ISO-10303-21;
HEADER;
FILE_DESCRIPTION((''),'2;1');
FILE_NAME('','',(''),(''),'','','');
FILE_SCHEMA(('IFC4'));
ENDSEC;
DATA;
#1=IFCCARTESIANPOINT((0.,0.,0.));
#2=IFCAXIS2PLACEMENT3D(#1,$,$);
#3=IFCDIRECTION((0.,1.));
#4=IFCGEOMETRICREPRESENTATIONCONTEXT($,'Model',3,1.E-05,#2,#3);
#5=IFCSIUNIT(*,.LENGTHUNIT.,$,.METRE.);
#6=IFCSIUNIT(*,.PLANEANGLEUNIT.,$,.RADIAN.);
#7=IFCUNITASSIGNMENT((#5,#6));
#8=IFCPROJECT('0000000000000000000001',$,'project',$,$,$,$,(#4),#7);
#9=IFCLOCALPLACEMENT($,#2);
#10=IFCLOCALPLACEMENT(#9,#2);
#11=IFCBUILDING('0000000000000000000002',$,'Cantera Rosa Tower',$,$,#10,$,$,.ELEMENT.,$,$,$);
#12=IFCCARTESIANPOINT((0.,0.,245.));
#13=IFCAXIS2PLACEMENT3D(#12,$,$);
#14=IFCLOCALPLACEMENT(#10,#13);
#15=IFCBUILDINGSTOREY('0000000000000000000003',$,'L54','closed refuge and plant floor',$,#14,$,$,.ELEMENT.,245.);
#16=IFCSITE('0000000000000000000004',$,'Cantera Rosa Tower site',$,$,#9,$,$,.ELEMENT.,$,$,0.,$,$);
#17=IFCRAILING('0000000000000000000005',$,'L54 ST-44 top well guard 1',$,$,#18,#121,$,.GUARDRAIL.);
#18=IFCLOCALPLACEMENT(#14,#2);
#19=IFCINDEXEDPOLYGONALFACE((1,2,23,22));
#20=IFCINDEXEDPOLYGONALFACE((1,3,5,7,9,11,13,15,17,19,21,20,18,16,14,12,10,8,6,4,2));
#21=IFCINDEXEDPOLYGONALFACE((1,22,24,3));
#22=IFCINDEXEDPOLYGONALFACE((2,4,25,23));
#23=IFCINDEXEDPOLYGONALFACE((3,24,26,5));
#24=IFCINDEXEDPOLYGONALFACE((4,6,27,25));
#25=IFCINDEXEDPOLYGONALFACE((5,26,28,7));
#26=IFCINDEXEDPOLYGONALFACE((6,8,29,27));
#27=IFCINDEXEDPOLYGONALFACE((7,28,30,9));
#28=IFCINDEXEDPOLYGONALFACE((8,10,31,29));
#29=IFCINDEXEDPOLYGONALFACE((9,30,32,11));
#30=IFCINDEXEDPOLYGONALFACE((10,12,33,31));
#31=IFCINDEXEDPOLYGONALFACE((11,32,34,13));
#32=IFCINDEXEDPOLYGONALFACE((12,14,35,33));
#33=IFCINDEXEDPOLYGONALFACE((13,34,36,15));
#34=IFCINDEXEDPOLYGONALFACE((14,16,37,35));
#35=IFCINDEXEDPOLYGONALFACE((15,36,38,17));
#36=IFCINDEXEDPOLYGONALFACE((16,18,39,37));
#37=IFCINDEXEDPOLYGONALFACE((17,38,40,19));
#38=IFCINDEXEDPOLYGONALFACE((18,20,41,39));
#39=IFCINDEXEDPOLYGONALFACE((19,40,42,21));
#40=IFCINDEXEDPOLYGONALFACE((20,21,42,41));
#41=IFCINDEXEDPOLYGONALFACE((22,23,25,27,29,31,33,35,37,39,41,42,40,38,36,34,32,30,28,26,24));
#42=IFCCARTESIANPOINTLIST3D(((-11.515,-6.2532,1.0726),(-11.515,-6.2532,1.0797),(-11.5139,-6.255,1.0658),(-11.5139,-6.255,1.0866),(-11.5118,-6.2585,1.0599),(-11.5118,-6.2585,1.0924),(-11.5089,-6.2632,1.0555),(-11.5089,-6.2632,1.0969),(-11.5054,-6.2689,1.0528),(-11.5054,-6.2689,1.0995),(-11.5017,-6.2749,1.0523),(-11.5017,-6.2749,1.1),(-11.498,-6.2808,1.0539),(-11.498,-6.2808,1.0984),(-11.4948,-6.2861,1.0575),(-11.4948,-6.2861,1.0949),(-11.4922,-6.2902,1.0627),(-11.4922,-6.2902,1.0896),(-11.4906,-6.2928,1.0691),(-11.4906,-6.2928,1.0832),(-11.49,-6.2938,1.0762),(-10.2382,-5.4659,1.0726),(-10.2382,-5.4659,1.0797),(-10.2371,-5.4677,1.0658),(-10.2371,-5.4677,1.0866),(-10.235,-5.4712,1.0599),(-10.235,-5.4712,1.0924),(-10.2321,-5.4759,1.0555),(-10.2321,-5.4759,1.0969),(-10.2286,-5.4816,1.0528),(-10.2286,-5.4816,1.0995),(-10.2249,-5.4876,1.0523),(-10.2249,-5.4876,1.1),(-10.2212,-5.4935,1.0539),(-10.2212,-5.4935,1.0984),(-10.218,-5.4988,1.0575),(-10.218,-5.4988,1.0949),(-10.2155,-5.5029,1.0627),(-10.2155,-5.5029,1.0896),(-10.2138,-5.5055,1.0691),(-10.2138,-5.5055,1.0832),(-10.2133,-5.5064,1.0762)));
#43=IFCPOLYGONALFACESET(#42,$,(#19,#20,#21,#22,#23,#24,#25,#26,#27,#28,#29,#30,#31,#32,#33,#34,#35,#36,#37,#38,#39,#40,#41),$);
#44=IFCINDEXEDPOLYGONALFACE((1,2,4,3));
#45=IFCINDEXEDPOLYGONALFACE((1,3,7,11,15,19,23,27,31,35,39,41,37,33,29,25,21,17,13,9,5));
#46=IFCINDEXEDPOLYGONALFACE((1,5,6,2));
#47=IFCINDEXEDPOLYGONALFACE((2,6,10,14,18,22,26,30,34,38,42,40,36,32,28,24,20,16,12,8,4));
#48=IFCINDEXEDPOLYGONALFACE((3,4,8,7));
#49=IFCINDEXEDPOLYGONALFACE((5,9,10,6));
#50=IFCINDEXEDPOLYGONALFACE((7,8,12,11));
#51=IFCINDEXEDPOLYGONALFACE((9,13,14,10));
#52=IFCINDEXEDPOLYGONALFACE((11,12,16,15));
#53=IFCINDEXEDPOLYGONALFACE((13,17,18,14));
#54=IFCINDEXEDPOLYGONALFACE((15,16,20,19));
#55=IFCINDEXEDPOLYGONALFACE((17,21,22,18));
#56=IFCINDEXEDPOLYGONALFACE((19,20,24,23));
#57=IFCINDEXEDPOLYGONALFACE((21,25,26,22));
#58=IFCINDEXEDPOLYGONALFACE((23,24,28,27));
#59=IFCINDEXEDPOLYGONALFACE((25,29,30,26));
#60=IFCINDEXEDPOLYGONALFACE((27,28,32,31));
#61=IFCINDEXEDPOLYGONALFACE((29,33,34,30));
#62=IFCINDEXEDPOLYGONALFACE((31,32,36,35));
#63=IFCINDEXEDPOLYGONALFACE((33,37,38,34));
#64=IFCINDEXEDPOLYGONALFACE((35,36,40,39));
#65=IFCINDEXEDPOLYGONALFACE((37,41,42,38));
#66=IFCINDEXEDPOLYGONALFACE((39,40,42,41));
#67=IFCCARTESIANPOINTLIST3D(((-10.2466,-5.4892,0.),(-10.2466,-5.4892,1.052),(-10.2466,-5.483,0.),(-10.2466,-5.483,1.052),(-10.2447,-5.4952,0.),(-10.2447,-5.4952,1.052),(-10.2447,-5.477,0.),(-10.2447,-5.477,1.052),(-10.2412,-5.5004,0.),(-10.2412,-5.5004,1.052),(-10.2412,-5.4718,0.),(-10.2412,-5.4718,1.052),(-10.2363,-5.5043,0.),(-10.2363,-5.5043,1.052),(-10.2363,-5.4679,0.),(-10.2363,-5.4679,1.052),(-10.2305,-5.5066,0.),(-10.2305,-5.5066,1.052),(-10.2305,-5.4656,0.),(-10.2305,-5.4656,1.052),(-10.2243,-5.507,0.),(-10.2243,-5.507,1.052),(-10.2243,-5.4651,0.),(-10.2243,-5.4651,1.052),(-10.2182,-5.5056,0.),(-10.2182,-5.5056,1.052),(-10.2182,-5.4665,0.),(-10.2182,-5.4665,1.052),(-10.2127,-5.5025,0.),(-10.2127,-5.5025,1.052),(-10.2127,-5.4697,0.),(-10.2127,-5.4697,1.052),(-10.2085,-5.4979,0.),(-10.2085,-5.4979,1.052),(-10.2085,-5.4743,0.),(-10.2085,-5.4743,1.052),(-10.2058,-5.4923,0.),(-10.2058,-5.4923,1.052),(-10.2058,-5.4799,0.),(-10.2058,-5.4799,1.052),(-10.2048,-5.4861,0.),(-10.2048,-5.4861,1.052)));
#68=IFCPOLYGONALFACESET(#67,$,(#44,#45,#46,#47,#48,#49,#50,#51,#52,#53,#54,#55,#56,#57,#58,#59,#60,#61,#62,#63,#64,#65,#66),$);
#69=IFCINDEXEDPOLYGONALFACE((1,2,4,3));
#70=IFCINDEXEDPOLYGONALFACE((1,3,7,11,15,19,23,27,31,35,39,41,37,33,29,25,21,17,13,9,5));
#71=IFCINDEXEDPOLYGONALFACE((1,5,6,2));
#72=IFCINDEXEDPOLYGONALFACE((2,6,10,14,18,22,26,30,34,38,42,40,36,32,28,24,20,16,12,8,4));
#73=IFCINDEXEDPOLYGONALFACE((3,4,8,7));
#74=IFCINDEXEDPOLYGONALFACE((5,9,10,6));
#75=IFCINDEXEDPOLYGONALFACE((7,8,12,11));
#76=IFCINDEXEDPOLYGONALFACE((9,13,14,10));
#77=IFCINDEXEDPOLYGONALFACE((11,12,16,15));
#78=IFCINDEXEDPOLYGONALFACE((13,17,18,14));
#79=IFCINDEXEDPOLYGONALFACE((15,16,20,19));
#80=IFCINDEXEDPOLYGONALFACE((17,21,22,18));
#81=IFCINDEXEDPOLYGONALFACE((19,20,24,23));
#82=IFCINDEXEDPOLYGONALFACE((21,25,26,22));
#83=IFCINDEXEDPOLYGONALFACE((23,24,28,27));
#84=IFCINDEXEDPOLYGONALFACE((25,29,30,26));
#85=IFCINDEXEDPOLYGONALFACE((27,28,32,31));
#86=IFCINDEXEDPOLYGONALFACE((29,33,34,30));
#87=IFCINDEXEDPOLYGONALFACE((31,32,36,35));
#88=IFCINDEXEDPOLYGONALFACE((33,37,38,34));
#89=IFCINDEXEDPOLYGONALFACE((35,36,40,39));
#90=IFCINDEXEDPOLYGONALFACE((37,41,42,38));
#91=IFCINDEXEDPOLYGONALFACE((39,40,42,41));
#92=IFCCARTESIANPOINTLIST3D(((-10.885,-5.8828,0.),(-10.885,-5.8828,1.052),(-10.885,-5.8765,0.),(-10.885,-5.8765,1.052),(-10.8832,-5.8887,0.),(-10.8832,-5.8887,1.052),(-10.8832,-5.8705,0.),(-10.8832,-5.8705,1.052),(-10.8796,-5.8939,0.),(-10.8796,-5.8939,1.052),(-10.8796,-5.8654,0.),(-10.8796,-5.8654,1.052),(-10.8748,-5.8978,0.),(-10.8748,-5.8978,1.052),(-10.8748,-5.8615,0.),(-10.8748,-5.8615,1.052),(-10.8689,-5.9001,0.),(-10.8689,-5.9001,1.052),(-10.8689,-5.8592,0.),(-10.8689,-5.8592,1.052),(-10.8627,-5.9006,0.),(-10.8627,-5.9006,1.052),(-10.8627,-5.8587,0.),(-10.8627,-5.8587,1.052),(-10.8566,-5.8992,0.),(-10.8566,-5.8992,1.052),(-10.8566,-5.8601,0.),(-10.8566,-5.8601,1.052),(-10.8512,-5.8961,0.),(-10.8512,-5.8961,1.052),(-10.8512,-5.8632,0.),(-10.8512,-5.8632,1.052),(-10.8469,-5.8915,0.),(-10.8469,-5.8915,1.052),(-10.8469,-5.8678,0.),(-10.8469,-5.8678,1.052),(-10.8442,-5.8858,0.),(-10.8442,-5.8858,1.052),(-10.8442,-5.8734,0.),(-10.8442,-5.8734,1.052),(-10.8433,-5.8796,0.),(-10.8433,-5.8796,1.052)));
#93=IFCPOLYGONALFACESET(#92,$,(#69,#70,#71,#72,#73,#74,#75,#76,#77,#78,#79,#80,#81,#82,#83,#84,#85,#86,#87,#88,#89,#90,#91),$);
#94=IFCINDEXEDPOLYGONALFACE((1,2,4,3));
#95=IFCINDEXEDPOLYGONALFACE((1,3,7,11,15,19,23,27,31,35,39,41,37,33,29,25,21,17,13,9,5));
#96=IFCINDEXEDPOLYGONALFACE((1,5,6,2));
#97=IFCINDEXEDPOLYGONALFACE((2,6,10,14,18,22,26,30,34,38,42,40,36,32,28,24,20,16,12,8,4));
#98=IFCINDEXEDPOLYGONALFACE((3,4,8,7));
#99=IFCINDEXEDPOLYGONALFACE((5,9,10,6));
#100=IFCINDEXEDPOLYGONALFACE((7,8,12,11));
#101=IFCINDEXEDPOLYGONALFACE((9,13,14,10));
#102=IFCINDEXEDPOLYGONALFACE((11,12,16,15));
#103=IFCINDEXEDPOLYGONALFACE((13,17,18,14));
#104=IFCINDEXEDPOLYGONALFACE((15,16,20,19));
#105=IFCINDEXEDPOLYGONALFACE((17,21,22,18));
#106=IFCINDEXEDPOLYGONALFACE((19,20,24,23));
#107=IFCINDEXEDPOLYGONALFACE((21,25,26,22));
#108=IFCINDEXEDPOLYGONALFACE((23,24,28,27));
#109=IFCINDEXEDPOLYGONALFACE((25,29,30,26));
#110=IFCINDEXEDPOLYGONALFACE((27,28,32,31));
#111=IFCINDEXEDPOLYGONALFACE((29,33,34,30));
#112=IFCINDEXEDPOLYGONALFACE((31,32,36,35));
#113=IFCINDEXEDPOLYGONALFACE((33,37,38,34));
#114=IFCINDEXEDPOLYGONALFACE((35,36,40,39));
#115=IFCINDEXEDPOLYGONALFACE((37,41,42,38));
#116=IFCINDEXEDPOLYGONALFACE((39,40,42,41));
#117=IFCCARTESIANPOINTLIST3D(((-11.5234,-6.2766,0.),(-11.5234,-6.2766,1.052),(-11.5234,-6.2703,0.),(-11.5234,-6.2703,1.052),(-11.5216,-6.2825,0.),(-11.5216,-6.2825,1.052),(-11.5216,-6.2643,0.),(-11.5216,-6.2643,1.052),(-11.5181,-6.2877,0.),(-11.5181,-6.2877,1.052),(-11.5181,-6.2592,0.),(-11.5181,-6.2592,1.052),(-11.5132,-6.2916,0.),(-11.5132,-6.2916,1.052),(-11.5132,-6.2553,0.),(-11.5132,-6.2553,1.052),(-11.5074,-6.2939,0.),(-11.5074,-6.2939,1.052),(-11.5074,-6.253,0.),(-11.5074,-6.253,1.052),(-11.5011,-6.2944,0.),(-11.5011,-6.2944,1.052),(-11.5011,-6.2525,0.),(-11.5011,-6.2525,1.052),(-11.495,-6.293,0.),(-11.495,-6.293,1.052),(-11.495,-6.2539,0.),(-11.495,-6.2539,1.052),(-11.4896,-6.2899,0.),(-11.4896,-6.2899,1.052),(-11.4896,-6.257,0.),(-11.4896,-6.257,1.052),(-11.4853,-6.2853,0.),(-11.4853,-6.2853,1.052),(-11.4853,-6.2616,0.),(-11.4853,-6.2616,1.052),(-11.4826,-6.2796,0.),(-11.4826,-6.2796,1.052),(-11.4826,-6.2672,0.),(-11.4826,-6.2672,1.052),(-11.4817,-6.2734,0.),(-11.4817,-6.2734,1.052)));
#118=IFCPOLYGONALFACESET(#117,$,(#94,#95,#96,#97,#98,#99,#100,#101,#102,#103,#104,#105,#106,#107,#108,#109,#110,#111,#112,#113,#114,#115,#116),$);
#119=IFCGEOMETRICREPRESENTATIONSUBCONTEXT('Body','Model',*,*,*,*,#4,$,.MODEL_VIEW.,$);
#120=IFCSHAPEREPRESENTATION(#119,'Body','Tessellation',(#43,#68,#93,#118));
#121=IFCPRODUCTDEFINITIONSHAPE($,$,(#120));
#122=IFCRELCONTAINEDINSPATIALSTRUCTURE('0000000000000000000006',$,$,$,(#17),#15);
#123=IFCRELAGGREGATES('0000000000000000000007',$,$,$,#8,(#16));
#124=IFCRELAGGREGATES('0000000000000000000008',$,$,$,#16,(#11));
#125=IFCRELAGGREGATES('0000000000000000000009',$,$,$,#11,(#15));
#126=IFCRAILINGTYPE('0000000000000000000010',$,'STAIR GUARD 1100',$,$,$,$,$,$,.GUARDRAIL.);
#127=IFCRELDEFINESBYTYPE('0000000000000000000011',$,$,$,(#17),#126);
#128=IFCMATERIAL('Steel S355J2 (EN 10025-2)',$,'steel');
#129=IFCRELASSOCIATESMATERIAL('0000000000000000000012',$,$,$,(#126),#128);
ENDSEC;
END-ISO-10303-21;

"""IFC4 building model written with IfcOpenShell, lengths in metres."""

from ifc_helpers import new_model, si_unit, direction, frame, origin, origin_2d, place, context, subcontext, project, spatial, circle, extrude, material, type_object, element, save


model = new_model("IFC4")

# Units and contexts
model_context = context("Model", 3, precision=1e-05, world=origin(), true_north=direction((0.0, 1.0)))
body_context = subcontext(model_context, "Body", "Model", "MODEL_VIEW")
ifc_project = project(units=[si_unit("LENGTHUNIT", "METRE"), si_unit("PLANEANGLEUNIT", "RADIAN")], contexts=[model_context])

# Site, building, storey
site_placement = place(None, origin())
site = spatial("IfcSite", under=ifc_project, at=site_placement, Name="Cantera Rosa Tower site", CompositionType="ELEMENT", RefElevation=0.0)
building_placement = place(site_placement, origin())
building = spatial("IfcBuilding", under=site, at=building_placement, Name="Cantera Rosa Tower", CompositionType="ELEMENT")
storey_placement = place(building_placement, frame((0.0, 0.0, 245.0)))
storey = spatial("IfcBuildingStorey", under=building, at=storey_placement, Name="L54", Description="closed refuge and plant floor", CompositionType="ELEMENT", Elevation=245.0)

# Railing
ifc_material_1 = material(Name="Steel S355J2 (EN 10025-2)", Category="steel")
railing_type_1 = type_object("IfcRailingType", Name="STAIR GUARD 1100", PredefinedType="GUARDRAIL", material=ifc_material_1)
railing_1_placement = place(storey_placement, frame((-10.2258, -5.4861, 0.0)))
element("IfcRailing", 1, at=railing_1_placement, inside=storey, type_object=railing_type_1, Name="L54 ST-44 top well guard 1", PredefinedType="GUARDRAIL", context=body_context, shape_type="SweptSolid", body=[
    extrude(circle(Radius=0.0239, at=origin_2d()), frame((0.0, 0.0, 1.0762), z_axis=(-0.851183, -0.524869, 0.0), x_axis=(0.524869, -0.851183, 0.0)), (0.0, 0.0, 1.0), 1.5),
    extrude(circle(Radius=0.021, at=origin_2d()), origin(), (0.0, 0.0, 1.0), 1.052),
    extrude(circle(Radius=0.021, at=origin_2d()), frame((-0.6384, -0.3936, 0.0)), (0.0, 0.0, 1.0), 1.052),
    extrude(circle(Radius=0.021, at=origin_2d()), frame((-1.2769, -0.7874, 0.0)), (0.0, 0.0, 1.0), 1.052),
])

save(model, "model.ifc")
